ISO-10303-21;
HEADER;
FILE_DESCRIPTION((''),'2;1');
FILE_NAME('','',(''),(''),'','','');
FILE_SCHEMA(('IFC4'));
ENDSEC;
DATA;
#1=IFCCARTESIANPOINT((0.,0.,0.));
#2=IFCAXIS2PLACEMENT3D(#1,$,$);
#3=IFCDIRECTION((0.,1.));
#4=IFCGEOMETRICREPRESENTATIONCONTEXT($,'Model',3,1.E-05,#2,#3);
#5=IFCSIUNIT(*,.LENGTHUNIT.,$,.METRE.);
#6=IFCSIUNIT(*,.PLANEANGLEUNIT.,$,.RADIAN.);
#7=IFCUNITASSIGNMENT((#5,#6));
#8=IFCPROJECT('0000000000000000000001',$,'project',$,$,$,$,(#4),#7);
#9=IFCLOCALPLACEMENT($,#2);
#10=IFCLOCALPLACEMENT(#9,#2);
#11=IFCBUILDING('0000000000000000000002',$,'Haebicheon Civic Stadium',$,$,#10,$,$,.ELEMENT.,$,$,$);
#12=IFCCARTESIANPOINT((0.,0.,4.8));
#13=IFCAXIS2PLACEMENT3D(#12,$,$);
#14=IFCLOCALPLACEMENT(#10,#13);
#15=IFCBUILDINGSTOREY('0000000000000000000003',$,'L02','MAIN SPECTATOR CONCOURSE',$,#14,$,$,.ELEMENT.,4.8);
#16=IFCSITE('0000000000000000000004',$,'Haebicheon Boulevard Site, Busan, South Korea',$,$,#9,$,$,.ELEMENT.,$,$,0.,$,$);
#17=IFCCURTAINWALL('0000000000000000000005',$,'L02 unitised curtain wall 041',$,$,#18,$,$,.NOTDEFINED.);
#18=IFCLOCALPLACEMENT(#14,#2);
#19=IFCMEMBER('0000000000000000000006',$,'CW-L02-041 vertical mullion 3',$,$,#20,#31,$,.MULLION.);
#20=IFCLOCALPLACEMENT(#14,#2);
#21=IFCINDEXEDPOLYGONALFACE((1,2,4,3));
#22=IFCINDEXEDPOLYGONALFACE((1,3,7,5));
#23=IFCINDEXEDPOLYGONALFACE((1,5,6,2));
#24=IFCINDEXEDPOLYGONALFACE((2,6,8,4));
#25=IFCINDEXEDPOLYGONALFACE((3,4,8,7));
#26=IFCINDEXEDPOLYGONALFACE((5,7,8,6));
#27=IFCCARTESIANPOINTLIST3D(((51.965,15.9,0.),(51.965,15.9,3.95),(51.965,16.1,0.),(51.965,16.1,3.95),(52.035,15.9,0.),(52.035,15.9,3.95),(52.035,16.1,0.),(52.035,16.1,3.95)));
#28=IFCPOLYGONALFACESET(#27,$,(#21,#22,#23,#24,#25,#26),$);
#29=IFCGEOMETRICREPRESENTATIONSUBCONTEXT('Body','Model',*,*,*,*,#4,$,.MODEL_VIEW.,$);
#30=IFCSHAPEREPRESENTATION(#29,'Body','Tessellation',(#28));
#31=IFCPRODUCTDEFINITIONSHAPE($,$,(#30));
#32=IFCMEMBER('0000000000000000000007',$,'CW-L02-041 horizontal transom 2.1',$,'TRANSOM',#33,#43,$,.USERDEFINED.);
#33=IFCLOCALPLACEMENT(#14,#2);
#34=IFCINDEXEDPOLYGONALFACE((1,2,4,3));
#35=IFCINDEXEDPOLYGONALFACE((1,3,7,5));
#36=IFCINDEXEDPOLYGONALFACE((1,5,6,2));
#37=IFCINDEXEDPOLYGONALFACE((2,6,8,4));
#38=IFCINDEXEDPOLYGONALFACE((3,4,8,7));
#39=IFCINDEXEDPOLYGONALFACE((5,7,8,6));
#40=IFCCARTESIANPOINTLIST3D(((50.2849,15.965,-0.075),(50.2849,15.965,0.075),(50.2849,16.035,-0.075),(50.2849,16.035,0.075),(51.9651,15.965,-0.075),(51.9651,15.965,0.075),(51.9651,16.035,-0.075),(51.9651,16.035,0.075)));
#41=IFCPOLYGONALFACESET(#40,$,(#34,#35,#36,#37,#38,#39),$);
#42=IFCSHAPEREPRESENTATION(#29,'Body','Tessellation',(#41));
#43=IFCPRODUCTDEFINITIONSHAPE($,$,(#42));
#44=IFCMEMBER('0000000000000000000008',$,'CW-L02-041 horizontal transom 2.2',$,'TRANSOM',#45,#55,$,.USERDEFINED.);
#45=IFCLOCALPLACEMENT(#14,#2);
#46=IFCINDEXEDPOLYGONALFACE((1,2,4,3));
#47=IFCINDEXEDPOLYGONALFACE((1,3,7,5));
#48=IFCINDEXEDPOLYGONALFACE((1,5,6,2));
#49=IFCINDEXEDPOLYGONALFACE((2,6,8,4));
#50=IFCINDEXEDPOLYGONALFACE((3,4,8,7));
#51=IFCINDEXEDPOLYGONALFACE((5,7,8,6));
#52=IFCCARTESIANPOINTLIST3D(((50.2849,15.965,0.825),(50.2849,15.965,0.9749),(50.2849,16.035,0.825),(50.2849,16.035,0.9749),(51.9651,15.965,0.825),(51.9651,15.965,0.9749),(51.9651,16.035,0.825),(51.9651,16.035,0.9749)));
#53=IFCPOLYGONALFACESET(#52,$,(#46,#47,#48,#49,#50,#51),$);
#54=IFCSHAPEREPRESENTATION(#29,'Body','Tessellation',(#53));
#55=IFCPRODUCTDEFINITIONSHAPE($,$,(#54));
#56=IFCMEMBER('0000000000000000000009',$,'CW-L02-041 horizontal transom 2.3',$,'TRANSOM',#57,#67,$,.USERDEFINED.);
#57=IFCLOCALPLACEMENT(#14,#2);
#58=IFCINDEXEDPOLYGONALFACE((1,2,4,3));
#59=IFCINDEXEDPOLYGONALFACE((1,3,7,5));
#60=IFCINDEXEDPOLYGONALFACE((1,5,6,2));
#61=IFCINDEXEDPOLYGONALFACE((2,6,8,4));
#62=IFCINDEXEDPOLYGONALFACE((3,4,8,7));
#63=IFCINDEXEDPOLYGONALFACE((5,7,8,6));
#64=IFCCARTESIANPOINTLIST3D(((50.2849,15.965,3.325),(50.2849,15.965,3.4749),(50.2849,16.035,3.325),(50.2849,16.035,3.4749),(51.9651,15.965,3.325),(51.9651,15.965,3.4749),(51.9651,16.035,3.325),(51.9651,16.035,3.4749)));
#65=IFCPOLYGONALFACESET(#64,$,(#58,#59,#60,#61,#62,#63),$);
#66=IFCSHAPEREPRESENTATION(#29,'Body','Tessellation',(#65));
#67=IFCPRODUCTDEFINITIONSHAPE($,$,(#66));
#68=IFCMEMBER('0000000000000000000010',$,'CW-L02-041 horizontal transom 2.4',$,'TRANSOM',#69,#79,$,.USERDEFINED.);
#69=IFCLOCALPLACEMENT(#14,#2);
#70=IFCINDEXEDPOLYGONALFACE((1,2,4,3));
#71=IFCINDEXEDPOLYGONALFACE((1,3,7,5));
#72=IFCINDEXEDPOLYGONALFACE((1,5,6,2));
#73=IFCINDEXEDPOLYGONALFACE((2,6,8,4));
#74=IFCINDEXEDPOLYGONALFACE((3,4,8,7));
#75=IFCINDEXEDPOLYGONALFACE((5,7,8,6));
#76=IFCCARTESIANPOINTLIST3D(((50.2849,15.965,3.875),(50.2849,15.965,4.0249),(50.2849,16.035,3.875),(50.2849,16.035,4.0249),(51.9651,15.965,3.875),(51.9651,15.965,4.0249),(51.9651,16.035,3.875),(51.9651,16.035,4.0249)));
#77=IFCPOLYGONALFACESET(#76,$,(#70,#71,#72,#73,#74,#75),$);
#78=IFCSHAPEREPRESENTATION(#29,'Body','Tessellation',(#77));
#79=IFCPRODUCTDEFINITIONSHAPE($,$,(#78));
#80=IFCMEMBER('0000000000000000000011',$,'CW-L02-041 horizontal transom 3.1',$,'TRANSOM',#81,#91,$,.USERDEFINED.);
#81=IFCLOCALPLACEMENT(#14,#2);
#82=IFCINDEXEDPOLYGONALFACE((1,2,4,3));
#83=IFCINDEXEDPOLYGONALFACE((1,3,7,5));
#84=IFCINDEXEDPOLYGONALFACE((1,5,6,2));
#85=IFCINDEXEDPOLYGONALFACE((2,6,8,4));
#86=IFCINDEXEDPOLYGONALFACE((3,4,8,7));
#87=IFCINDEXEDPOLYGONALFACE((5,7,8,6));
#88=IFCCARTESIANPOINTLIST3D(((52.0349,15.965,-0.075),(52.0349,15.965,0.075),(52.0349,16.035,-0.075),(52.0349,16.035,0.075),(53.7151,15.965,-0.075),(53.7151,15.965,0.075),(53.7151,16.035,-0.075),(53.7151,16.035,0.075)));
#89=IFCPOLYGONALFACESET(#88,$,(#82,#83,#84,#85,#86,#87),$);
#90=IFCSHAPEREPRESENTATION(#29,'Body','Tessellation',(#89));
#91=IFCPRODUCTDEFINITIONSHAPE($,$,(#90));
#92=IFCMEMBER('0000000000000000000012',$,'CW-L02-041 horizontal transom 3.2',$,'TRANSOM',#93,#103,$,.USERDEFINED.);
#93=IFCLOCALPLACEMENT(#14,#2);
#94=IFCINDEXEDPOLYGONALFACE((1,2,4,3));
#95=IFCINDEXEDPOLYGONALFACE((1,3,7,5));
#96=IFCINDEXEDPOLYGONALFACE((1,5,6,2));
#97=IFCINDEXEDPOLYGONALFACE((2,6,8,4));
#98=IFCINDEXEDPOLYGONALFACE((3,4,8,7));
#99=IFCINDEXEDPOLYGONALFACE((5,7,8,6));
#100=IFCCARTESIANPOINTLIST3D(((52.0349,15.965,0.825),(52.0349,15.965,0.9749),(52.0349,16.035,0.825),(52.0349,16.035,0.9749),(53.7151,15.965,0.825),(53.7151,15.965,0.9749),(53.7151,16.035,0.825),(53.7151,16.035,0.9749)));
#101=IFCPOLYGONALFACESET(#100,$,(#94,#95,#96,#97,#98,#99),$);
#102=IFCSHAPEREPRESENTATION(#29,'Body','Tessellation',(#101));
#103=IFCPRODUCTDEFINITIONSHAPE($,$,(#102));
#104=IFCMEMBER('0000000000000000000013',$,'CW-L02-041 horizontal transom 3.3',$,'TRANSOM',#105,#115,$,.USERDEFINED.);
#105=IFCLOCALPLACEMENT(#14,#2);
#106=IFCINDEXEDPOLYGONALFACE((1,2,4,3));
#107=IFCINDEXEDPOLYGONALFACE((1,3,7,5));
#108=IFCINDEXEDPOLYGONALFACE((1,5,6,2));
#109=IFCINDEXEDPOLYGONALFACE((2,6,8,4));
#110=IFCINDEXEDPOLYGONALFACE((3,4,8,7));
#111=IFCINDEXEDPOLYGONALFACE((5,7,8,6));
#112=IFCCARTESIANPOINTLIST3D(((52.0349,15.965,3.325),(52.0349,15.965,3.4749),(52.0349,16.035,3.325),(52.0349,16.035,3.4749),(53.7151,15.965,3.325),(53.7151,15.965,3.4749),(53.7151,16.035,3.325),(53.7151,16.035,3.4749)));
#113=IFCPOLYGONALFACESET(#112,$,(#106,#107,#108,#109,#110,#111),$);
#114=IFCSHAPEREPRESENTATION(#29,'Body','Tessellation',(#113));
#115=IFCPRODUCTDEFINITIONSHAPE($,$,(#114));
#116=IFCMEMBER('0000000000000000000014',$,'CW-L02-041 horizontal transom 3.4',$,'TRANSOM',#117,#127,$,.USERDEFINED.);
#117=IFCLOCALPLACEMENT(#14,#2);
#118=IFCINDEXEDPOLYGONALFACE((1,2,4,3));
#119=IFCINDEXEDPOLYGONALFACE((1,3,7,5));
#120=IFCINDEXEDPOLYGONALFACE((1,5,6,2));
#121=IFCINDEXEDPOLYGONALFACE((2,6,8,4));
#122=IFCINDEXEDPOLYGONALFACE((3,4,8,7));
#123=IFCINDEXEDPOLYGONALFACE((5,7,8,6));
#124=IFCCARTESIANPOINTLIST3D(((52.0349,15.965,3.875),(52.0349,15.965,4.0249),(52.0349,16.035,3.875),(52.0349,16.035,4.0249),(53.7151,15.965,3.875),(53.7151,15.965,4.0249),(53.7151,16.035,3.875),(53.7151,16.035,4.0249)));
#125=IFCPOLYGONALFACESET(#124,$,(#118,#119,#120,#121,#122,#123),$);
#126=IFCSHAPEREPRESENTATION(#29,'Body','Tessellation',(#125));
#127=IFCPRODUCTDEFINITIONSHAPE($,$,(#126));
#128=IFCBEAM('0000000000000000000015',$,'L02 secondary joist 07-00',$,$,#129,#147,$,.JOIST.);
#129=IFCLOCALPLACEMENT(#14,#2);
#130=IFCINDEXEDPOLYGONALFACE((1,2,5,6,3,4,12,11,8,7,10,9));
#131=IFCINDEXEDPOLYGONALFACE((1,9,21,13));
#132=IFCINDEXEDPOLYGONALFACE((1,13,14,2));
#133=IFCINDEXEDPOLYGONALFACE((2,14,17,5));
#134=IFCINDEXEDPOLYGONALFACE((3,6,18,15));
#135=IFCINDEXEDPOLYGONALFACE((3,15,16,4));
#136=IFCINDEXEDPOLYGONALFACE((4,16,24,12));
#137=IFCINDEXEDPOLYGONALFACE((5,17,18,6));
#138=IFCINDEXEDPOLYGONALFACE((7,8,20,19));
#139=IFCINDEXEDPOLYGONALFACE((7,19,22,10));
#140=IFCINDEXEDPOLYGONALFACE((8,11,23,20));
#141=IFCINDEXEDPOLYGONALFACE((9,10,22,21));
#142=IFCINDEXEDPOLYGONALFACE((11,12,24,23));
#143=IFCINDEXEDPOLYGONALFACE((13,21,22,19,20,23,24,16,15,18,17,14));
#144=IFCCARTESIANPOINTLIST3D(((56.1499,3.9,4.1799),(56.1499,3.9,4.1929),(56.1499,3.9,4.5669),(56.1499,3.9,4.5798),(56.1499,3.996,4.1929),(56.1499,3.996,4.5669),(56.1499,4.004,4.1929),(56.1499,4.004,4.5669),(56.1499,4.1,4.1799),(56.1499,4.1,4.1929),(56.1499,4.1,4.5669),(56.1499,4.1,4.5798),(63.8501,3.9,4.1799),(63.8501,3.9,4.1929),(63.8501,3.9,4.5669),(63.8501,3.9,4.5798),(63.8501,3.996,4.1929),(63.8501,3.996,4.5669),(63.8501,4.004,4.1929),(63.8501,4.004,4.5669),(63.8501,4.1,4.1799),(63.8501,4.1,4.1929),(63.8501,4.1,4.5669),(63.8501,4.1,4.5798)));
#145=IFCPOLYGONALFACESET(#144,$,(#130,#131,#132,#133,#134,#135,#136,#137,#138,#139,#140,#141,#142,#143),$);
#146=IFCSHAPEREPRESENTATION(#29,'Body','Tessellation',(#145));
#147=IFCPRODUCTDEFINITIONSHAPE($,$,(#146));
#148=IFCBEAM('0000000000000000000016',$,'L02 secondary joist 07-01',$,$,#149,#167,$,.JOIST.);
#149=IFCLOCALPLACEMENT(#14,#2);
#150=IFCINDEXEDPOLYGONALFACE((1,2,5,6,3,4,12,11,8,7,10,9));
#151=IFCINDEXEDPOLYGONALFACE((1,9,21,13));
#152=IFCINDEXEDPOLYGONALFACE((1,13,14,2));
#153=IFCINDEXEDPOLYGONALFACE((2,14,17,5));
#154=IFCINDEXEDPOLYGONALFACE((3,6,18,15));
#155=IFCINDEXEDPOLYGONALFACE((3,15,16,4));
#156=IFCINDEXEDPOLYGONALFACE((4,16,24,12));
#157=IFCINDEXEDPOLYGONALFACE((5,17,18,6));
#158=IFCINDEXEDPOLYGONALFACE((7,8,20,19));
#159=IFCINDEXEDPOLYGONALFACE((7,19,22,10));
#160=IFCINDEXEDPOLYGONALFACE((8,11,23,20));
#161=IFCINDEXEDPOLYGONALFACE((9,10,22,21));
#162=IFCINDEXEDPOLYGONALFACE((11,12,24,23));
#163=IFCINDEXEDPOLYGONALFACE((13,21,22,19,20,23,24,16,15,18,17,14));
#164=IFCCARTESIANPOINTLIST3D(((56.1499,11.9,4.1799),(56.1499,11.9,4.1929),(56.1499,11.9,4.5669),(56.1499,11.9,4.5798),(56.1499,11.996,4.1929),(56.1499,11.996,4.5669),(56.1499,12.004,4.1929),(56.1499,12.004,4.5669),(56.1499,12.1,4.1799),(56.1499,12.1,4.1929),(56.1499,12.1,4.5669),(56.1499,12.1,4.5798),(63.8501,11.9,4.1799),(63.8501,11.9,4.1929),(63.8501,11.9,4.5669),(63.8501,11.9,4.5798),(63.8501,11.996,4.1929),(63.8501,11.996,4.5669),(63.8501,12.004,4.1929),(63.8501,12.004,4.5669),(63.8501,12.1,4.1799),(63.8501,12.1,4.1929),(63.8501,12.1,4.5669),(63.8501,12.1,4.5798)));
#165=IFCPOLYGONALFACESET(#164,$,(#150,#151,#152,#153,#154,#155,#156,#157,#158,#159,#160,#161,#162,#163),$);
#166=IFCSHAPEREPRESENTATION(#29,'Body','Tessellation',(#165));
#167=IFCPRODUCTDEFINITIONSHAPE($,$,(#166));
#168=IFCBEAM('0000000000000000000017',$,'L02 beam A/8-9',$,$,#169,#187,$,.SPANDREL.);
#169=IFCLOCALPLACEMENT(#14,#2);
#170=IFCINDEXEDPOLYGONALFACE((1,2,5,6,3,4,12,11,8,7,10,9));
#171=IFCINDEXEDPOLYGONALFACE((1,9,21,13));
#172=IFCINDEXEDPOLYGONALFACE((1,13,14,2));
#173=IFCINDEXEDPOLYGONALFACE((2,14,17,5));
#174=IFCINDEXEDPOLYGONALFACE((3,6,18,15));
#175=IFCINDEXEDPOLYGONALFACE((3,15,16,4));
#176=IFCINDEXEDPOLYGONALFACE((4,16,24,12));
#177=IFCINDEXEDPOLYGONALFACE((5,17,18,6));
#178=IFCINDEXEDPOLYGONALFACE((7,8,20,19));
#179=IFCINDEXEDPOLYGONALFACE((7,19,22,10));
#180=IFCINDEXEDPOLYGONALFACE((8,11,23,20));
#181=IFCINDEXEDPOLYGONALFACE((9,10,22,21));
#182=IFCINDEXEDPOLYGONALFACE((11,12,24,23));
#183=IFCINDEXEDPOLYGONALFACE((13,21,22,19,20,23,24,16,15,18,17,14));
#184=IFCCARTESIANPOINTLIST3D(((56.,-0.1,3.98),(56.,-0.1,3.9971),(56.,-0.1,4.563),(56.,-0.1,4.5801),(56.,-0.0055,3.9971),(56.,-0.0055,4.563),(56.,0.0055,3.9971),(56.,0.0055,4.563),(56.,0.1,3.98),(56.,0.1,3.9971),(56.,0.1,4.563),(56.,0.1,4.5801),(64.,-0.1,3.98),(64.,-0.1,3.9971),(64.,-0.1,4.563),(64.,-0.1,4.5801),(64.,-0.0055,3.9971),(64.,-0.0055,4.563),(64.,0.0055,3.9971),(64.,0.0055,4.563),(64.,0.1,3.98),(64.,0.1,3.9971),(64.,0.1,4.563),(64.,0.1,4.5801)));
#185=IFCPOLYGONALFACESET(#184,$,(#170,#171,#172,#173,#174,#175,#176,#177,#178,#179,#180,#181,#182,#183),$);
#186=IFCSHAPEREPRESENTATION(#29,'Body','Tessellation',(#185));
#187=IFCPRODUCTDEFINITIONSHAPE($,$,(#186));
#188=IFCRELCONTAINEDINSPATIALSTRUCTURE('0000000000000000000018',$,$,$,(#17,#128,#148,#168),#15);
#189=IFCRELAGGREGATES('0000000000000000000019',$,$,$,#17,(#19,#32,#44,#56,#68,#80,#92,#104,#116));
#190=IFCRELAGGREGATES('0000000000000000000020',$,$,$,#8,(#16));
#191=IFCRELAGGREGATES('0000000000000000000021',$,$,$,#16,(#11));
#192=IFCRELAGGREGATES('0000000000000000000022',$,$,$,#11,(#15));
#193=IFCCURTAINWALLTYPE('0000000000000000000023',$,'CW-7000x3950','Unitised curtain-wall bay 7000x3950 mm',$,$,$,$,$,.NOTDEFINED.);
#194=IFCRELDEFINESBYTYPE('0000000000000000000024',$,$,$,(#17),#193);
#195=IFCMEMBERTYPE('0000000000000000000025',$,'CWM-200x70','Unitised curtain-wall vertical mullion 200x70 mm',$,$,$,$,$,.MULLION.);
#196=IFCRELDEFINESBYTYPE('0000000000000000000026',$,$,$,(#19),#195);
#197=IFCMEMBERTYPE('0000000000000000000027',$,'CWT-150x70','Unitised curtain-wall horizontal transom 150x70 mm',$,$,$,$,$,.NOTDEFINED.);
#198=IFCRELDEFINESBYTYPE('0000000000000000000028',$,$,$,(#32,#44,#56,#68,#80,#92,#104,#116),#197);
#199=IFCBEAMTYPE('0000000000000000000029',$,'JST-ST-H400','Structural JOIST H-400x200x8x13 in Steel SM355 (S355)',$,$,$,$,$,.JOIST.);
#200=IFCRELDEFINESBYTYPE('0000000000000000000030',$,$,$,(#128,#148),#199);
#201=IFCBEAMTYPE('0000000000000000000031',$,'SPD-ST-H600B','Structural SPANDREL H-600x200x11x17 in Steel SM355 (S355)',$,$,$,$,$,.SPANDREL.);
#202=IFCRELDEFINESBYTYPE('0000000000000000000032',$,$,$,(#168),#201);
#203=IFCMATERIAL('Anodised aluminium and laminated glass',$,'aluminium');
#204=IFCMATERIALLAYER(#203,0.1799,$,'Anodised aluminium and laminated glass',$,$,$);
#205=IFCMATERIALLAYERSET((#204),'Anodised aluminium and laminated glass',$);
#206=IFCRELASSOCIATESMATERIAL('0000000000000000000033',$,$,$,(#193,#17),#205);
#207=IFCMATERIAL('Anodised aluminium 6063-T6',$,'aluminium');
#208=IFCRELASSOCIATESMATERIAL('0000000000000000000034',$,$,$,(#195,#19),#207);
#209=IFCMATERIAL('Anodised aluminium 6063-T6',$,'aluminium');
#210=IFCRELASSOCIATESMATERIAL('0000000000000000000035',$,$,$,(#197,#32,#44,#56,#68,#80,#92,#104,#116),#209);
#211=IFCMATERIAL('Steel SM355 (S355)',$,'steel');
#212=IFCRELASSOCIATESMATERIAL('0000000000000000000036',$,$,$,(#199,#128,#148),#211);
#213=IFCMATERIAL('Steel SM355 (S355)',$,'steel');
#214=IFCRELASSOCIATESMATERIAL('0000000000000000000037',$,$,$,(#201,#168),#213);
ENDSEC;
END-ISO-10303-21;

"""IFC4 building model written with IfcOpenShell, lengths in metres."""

from ifc_helpers import new_model, si_unit, direction, frame, origin, origin_2d, place, context, subcontext, project, spatial, rectangle, i_section, extrude, material, layer, layer_set, material_profile, profile_set, type_object, element, aggregate, save


model = new_model("IFC4")

# Units and contexts
model_context = context("Model", 3, precision=1e-05, world=origin(), true_north=direction((0.0, 1.0)))
body_context = subcontext(model_context, "Body", "Model", "MODEL_VIEW")
ifc_project = project(units=[si_unit("LENGTHUNIT", "METRE"), si_unit("PLANEANGLEUNIT", "RADIAN")], contexts=[model_context])

# Site, building, storey
site_placement = place(None, origin())
site = spatial("IfcSite", under=ifc_project, at=site_placement, Name="Haebicheon Boulevard Site, Busan, South Korea", CompositionType="ELEMENT", RefElevation=0.0)
building_placement = place(site_placement, origin())
building = spatial("IfcBuilding", under=site, at=building_placement, Name="Haebicheon Civic Stadium", CompositionType="ELEMENT")
storey_placement = place(building_placement, frame((0.0, 0.0, 4.8)))
storey = spatial("IfcBuildingStorey", under=building, at=storey_placement, Name="L02", Description="MAIN SPECTATOR CONCOURSE", CompositionType="ELEMENT", Elevation=4.8)

# Curtain wall, members
ifc_material_1 = material(Name="Anodised aluminium and laminated glass", Category="aluminium")
ifc_layer_1 = layer(ifc_material_1, 0.1799, Name="Anodised aluminium and laminated glass")
ifc_layer_set_1 = layer_set([ifc_layer_1], Name="Anodised aluminium and laminated glass")
curtain_wall_type = type_object("IfcCurtainWallType", Name="CW-7000x3950", Description="Unitised curtain-wall bay 7000x3950 mm", PredefinedType="NOTDEFINED", material=ifc_layer_set_1)
curtain_wall_placement = place(storey_placement, origin())
curtain_wall = element("IfcCurtainWall", 1, at=curtain_wall_placement, inside=storey, type_object=curtain_wall_type, material=ifc_layer_set_1, Name="L02 unitised curtain wall 041", PredefinedType="NOTDEFINED")
ifc_material_2 = material(Name="Anodised aluminium 6063-T6", Category="aluminium")
ifc_material_profile_1 = material_profile(ifc_material_2, rectangle(XDim=0.0701, YDim=0.2, at=origin_2d()), Name="ALU-MULL-70x200")
ifc_profile_set_1 = profile_set([ifc_material_profile_1], Name="Anodised aluminium 6063-T6")
member_type_1 = type_object("IfcMemberType", Name="CWM-200x70", Description="Unitised curtain-wall vertical mullion 200x70 mm", PredefinedType="MULLION", material=ifc_profile_set_1)
member_1_placement = place(storey_placement, frame((52.0, 16.0, 0.0), z_axis=(0.0, 0.0, 1.0), x_axis=(1.0, 0.0, 0.0)))
member_1 = element("IfcMember", 2, at=member_1_placement, type_object=member_type_1, material=ifc_profile_set_1, Name="CW-L02-041 vertical mullion 3", PredefinedType="MULLION", context=body_context, shape_type="SweptSolid", body=[
    extrude(rectangle(XDim=0.0701, YDim=0.2, at=origin_2d()), origin(), (0.0, 0.0, 1.0), 3.95),
])
ifc_material_3 = material(Name="Anodised aluminium 6063-T6", Category="aluminium")
ifc_material_profile_2 = material_profile(ifc_material_3, rectangle(XDim=0.0701, YDim=0.1499, at=origin_2d()), Name="ALU-TRAN-70x150")
ifc_profile_set_2 = profile_set([ifc_material_profile_2], Name="Anodised aluminium 6063-T6")
member_type_2 = type_object("IfcMemberType", Name="CWT-150x70", Description="Unitised curtain-wall horizontal transom 150x70 mm", PredefinedType="NOTDEFINED", material=ifc_profile_set_2)
member_2_placement = place(storey_placement, frame((50.2849, 16.0, 0.0), z_axis=(1.0, 0.0, 0.0), x_axis=(0.0, 1.0, 0.0)))
member_2 = element("IfcMember", 3, at=member_2_placement, type_object=member_type_2, material=ifc_profile_set_2, Name="CW-L02-041 horizontal transom 2.1", ObjectType="TRANSOM", PredefinedType="USERDEFINED", context=body_context, shape_type="SweptSolid", body=[
    extrude(rectangle(XDim=0.0701, YDim=0.1499, at=origin_2d()), origin(), (0.0, 0.0, 1.0), 1.6802),
])
member_3_placement = place(storey_placement, frame((50.2849, 16.0, 0.8999), z_axis=(1.0, 0.0, 0.0), x_axis=(0.0, 1.0, 0.0)))
member_3 = element("IfcMember", 4, at=member_3_placement, type_object=member_type_2, material=ifc_profile_set_2, Name="CW-L02-041 horizontal transom 2.2", ObjectType="TRANSOM", PredefinedType="USERDEFINED", context=body_context, shape_type="SweptSolid", body=[
    extrude(rectangle(XDim=0.0701, YDim=0.1499, at=origin_2d()), origin(), (0.0, 0.0, 1.0), 1.6802),
])
member_4_placement = place(storey_placement, frame((50.2849, 16.0, 3.3999), z_axis=(1.0, 0.0, 0.0), x_axis=(0.0, 1.0, 0.0)))
member_4 = element("IfcMember", 5, at=member_4_placement, type_object=member_type_2, material=ifc_profile_set_2, Name="CW-L02-041 horizontal transom 2.3", ObjectType="TRANSOM", PredefinedType="USERDEFINED", context=body_context, shape_type="SweptSolid", body=[
    extrude(rectangle(XDim=0.0701, YDim=0.1499, at=origin_2d()), origin(), (0.0, 0.0, 1.0), 1.6802),
])
member_5_placement = place(storey_placement, frame((50.2849, 16.0, 3.95), z_axis=(1.0, 0.0, 0.0), x_axis=(0.0, 1.0, 0.0)))
member_5 = element("IfcMember", 6, at=member_5_placement, type_object=member_type_2, material=ifc_profile_set_2, Name="CW-L02-041 horizontal transom 2.4", ObjectType="TRANSOM", PredefinedType="USERDEFINED", context=body_context, shape_type="SweptSolid", body=[
    extrude(rectangle(XDim=0.0701, YDim=0.1499, at=origin_2d()), origin(), (0.0, 0.0, 1.0), 1.6802),
])
member_6_placement = place(storey_placement, frame((52.0349, 16.0, 0.0), z_axis=(1.0, 0.0, 0.0), x_axis=(0.0, 1.0, 0.0)))
member_6 = element("IfcMember", 7, at=member_6_placement, type_object=member_type_2, material=ifc_profile_set_2, Name="CW-L02-041 horizontal transom 3.1", ObjectType="TRANSOM", PredefinedType="USERDEFINED", context=body_context, shape_type="SweptSolid", body=[
    extrude(rectangle(XDim=0.0701, YDim=0.1499, at=origin_2d()), origin(), (0.0, 0.0, 1.0), 1.6802),
])
member_7_placement = place(storey_placement, frame((52.0349, 16.0, 0.8999), z_axis=(1.0, 0.0, 0.0), x_axis=(0.0, 1.0, 0.0)))
member_7 = element("IfcMember", 8, at=member_7_placement, type_object=member_type_2, material=ifc_profile_set_2, Name="CW-L02-041 horizontal transom 3.2", ObjectType="TRANSOM", PredefinedType="USERDEFINED", context=body_context, shape_type="SweptSolid", body=[
    extrude(rectangle(XDim=0.0701, YDim=0.1499, at=origin_2d()), origin(), (0.0, 0.0, 1.0), 1.6802),
])
member_8_placement = place(storey_placement, frame((52.0349, 16.0, 3.3999), z_axis=(1.0, 0.0, 0.0), x_axis=(0.0, 1.0, 0.0)))
member_8 = element("IfcMember", 9, at=member_8_placement, type_object=member_type_2, material=ifc_profile_set_2, Name="CW-L02-041 horizontal transom 3.3", ObjectType="TRANSOM", PredefinedType="USERDEFINED", context=body_context, shape_type="SweptSolid", body=[
    extrude(rectangle(XDim=0.0701, YDim=0.1499, at=origin_2d()), origin(), (0.0, 0.0, 1.0), 1.6802),
])
member_9_placement = place(storey_placement, frame((52.0349, 16.0, 3.95), z_axis=(1.0, 0.0, 0.0), x_axis=(0.0, 1.0, 0.0)))
member_9 = element("IfcMember", 10, at=member_9_placement, type_object=member_type_2, material=ifc_profile_set_2, Name="CW-L02-041 horizontal transom 3.4", ObjectType="TRANSOM", PredefinedType="USERDEFINED", context=body_context, shape_type="SweptSolid", body=[
    extrude(rectangle(XDim=0.0701, YDim=0.1499, at=origin_2d()), origin(), (0.0, 0.0, 1.0), 1.6802),
])

# Beams
ifc_material_4 = material(Name="Steel SM355 (S355)", Category="steel")
ifc_material_profile_3 = material_profile(ifc_material_4, i_section(OverallWidth=0.2, OverallDepth=0.3999, WebThickness=0.0081, FlangeThickness=0.0129, at=origin_2d()), Name="H-400x200x8x13")
ifc_profile_set_3 = profile_set([ifc_material_profile_3], Name="Steel SM355 (S355)")
beam_type_1 = type_object("IfcBeamType", Name="JST-ST-H400", Description="Structural JOIST H-400x200x8x13 in Steel SM355 (S355)", PredefinedType="JOIST", material=ifc_profile_set_3)
for number, where, z_axis, x_axis, name in (
    (11, (56.1499, 4.0, 4.3799), (1.0, 0.0, 0.0), (0.0, 1.0, 0.0), "L02 secondary joist 07-00"),
    (12, (56.1499, 12.0, 4.3799), (1.0, 0.0, 0.0), (0.0, 1.0, 0.0), "L02 secondary joist 07-01"),
):
    element("IfcBeam", number, at=place(storey_placement, frame(where, z_axis=z_axis, x_axis=x_axis)), inside=storey, type_object=beam_type_1, material=ifc_profile_set_3, Name=name, PredefinedType="JOIST", context=body_context, shape_type="SweptSolid", body=[
        extrude(i_section(OverallWidth=0.2, OverallDepth=0.3999, WebThickness=0.0081, FlangeThickness=0.0129, at=origin_2d()), origin(), (0.0, 0.0, 1.0), 7.7002),
    ])
ifc_material_5 = material(Name="Steel SM355 (S355)", Category="steel")
ifc_material_profile_4 = material_profile(ifc_material_5, i_section(OverallWidth=0.2, OverallDepth=0.6001, WebThickness=0.011, FlangeThickness=0.0171, at=origin_2d()), Name="H-600x200x11x17")
ifc_profile_set_4 = profile_set([ifc_material_profile_4], Name="Steel SM355 (S355)")
beam_type_2 = type_object("IfcBeamType", Name="SPD-ST-H600B", Description="Structural SPANDREL H-600x200x11x17 in Steel SM355 (S355)", PredefinedType="SPANDREL", material=ifc_profile_set_4)
for number, where, z_axis, x_axis, name in (
    (13, (56.0, 0.0, 4.28), (1.0, 0.0, 0.0), (0.0, 1.0, 0.0), "L02 beam A/8-9"),
):
    element("IfcBeam", number, at=place(storey_placement, frame(where, z_axis=z_axis, x_axis=x_axis)), inside=storey, type_object=beam_type_2, material=ifc_profile_set_4, Name=name, PredefinedType="SPANDREL", context=body_context, shape_type="SweptSolid", body=[
        extrude(i_section(OverallWidth=0.2, OverallDepth=0.6001, WebThickness=0.011, FlangeThickness=0.0171, at=origin_2d()), origin(), (0.0, 0.0, 1.0), 8.0),
    ])

aggregate(curtain_wall, [member_1, member_2, member_3, member_4, member_5, member_6, member_7, member_8, member_9])

save(model, "model.ifc")
